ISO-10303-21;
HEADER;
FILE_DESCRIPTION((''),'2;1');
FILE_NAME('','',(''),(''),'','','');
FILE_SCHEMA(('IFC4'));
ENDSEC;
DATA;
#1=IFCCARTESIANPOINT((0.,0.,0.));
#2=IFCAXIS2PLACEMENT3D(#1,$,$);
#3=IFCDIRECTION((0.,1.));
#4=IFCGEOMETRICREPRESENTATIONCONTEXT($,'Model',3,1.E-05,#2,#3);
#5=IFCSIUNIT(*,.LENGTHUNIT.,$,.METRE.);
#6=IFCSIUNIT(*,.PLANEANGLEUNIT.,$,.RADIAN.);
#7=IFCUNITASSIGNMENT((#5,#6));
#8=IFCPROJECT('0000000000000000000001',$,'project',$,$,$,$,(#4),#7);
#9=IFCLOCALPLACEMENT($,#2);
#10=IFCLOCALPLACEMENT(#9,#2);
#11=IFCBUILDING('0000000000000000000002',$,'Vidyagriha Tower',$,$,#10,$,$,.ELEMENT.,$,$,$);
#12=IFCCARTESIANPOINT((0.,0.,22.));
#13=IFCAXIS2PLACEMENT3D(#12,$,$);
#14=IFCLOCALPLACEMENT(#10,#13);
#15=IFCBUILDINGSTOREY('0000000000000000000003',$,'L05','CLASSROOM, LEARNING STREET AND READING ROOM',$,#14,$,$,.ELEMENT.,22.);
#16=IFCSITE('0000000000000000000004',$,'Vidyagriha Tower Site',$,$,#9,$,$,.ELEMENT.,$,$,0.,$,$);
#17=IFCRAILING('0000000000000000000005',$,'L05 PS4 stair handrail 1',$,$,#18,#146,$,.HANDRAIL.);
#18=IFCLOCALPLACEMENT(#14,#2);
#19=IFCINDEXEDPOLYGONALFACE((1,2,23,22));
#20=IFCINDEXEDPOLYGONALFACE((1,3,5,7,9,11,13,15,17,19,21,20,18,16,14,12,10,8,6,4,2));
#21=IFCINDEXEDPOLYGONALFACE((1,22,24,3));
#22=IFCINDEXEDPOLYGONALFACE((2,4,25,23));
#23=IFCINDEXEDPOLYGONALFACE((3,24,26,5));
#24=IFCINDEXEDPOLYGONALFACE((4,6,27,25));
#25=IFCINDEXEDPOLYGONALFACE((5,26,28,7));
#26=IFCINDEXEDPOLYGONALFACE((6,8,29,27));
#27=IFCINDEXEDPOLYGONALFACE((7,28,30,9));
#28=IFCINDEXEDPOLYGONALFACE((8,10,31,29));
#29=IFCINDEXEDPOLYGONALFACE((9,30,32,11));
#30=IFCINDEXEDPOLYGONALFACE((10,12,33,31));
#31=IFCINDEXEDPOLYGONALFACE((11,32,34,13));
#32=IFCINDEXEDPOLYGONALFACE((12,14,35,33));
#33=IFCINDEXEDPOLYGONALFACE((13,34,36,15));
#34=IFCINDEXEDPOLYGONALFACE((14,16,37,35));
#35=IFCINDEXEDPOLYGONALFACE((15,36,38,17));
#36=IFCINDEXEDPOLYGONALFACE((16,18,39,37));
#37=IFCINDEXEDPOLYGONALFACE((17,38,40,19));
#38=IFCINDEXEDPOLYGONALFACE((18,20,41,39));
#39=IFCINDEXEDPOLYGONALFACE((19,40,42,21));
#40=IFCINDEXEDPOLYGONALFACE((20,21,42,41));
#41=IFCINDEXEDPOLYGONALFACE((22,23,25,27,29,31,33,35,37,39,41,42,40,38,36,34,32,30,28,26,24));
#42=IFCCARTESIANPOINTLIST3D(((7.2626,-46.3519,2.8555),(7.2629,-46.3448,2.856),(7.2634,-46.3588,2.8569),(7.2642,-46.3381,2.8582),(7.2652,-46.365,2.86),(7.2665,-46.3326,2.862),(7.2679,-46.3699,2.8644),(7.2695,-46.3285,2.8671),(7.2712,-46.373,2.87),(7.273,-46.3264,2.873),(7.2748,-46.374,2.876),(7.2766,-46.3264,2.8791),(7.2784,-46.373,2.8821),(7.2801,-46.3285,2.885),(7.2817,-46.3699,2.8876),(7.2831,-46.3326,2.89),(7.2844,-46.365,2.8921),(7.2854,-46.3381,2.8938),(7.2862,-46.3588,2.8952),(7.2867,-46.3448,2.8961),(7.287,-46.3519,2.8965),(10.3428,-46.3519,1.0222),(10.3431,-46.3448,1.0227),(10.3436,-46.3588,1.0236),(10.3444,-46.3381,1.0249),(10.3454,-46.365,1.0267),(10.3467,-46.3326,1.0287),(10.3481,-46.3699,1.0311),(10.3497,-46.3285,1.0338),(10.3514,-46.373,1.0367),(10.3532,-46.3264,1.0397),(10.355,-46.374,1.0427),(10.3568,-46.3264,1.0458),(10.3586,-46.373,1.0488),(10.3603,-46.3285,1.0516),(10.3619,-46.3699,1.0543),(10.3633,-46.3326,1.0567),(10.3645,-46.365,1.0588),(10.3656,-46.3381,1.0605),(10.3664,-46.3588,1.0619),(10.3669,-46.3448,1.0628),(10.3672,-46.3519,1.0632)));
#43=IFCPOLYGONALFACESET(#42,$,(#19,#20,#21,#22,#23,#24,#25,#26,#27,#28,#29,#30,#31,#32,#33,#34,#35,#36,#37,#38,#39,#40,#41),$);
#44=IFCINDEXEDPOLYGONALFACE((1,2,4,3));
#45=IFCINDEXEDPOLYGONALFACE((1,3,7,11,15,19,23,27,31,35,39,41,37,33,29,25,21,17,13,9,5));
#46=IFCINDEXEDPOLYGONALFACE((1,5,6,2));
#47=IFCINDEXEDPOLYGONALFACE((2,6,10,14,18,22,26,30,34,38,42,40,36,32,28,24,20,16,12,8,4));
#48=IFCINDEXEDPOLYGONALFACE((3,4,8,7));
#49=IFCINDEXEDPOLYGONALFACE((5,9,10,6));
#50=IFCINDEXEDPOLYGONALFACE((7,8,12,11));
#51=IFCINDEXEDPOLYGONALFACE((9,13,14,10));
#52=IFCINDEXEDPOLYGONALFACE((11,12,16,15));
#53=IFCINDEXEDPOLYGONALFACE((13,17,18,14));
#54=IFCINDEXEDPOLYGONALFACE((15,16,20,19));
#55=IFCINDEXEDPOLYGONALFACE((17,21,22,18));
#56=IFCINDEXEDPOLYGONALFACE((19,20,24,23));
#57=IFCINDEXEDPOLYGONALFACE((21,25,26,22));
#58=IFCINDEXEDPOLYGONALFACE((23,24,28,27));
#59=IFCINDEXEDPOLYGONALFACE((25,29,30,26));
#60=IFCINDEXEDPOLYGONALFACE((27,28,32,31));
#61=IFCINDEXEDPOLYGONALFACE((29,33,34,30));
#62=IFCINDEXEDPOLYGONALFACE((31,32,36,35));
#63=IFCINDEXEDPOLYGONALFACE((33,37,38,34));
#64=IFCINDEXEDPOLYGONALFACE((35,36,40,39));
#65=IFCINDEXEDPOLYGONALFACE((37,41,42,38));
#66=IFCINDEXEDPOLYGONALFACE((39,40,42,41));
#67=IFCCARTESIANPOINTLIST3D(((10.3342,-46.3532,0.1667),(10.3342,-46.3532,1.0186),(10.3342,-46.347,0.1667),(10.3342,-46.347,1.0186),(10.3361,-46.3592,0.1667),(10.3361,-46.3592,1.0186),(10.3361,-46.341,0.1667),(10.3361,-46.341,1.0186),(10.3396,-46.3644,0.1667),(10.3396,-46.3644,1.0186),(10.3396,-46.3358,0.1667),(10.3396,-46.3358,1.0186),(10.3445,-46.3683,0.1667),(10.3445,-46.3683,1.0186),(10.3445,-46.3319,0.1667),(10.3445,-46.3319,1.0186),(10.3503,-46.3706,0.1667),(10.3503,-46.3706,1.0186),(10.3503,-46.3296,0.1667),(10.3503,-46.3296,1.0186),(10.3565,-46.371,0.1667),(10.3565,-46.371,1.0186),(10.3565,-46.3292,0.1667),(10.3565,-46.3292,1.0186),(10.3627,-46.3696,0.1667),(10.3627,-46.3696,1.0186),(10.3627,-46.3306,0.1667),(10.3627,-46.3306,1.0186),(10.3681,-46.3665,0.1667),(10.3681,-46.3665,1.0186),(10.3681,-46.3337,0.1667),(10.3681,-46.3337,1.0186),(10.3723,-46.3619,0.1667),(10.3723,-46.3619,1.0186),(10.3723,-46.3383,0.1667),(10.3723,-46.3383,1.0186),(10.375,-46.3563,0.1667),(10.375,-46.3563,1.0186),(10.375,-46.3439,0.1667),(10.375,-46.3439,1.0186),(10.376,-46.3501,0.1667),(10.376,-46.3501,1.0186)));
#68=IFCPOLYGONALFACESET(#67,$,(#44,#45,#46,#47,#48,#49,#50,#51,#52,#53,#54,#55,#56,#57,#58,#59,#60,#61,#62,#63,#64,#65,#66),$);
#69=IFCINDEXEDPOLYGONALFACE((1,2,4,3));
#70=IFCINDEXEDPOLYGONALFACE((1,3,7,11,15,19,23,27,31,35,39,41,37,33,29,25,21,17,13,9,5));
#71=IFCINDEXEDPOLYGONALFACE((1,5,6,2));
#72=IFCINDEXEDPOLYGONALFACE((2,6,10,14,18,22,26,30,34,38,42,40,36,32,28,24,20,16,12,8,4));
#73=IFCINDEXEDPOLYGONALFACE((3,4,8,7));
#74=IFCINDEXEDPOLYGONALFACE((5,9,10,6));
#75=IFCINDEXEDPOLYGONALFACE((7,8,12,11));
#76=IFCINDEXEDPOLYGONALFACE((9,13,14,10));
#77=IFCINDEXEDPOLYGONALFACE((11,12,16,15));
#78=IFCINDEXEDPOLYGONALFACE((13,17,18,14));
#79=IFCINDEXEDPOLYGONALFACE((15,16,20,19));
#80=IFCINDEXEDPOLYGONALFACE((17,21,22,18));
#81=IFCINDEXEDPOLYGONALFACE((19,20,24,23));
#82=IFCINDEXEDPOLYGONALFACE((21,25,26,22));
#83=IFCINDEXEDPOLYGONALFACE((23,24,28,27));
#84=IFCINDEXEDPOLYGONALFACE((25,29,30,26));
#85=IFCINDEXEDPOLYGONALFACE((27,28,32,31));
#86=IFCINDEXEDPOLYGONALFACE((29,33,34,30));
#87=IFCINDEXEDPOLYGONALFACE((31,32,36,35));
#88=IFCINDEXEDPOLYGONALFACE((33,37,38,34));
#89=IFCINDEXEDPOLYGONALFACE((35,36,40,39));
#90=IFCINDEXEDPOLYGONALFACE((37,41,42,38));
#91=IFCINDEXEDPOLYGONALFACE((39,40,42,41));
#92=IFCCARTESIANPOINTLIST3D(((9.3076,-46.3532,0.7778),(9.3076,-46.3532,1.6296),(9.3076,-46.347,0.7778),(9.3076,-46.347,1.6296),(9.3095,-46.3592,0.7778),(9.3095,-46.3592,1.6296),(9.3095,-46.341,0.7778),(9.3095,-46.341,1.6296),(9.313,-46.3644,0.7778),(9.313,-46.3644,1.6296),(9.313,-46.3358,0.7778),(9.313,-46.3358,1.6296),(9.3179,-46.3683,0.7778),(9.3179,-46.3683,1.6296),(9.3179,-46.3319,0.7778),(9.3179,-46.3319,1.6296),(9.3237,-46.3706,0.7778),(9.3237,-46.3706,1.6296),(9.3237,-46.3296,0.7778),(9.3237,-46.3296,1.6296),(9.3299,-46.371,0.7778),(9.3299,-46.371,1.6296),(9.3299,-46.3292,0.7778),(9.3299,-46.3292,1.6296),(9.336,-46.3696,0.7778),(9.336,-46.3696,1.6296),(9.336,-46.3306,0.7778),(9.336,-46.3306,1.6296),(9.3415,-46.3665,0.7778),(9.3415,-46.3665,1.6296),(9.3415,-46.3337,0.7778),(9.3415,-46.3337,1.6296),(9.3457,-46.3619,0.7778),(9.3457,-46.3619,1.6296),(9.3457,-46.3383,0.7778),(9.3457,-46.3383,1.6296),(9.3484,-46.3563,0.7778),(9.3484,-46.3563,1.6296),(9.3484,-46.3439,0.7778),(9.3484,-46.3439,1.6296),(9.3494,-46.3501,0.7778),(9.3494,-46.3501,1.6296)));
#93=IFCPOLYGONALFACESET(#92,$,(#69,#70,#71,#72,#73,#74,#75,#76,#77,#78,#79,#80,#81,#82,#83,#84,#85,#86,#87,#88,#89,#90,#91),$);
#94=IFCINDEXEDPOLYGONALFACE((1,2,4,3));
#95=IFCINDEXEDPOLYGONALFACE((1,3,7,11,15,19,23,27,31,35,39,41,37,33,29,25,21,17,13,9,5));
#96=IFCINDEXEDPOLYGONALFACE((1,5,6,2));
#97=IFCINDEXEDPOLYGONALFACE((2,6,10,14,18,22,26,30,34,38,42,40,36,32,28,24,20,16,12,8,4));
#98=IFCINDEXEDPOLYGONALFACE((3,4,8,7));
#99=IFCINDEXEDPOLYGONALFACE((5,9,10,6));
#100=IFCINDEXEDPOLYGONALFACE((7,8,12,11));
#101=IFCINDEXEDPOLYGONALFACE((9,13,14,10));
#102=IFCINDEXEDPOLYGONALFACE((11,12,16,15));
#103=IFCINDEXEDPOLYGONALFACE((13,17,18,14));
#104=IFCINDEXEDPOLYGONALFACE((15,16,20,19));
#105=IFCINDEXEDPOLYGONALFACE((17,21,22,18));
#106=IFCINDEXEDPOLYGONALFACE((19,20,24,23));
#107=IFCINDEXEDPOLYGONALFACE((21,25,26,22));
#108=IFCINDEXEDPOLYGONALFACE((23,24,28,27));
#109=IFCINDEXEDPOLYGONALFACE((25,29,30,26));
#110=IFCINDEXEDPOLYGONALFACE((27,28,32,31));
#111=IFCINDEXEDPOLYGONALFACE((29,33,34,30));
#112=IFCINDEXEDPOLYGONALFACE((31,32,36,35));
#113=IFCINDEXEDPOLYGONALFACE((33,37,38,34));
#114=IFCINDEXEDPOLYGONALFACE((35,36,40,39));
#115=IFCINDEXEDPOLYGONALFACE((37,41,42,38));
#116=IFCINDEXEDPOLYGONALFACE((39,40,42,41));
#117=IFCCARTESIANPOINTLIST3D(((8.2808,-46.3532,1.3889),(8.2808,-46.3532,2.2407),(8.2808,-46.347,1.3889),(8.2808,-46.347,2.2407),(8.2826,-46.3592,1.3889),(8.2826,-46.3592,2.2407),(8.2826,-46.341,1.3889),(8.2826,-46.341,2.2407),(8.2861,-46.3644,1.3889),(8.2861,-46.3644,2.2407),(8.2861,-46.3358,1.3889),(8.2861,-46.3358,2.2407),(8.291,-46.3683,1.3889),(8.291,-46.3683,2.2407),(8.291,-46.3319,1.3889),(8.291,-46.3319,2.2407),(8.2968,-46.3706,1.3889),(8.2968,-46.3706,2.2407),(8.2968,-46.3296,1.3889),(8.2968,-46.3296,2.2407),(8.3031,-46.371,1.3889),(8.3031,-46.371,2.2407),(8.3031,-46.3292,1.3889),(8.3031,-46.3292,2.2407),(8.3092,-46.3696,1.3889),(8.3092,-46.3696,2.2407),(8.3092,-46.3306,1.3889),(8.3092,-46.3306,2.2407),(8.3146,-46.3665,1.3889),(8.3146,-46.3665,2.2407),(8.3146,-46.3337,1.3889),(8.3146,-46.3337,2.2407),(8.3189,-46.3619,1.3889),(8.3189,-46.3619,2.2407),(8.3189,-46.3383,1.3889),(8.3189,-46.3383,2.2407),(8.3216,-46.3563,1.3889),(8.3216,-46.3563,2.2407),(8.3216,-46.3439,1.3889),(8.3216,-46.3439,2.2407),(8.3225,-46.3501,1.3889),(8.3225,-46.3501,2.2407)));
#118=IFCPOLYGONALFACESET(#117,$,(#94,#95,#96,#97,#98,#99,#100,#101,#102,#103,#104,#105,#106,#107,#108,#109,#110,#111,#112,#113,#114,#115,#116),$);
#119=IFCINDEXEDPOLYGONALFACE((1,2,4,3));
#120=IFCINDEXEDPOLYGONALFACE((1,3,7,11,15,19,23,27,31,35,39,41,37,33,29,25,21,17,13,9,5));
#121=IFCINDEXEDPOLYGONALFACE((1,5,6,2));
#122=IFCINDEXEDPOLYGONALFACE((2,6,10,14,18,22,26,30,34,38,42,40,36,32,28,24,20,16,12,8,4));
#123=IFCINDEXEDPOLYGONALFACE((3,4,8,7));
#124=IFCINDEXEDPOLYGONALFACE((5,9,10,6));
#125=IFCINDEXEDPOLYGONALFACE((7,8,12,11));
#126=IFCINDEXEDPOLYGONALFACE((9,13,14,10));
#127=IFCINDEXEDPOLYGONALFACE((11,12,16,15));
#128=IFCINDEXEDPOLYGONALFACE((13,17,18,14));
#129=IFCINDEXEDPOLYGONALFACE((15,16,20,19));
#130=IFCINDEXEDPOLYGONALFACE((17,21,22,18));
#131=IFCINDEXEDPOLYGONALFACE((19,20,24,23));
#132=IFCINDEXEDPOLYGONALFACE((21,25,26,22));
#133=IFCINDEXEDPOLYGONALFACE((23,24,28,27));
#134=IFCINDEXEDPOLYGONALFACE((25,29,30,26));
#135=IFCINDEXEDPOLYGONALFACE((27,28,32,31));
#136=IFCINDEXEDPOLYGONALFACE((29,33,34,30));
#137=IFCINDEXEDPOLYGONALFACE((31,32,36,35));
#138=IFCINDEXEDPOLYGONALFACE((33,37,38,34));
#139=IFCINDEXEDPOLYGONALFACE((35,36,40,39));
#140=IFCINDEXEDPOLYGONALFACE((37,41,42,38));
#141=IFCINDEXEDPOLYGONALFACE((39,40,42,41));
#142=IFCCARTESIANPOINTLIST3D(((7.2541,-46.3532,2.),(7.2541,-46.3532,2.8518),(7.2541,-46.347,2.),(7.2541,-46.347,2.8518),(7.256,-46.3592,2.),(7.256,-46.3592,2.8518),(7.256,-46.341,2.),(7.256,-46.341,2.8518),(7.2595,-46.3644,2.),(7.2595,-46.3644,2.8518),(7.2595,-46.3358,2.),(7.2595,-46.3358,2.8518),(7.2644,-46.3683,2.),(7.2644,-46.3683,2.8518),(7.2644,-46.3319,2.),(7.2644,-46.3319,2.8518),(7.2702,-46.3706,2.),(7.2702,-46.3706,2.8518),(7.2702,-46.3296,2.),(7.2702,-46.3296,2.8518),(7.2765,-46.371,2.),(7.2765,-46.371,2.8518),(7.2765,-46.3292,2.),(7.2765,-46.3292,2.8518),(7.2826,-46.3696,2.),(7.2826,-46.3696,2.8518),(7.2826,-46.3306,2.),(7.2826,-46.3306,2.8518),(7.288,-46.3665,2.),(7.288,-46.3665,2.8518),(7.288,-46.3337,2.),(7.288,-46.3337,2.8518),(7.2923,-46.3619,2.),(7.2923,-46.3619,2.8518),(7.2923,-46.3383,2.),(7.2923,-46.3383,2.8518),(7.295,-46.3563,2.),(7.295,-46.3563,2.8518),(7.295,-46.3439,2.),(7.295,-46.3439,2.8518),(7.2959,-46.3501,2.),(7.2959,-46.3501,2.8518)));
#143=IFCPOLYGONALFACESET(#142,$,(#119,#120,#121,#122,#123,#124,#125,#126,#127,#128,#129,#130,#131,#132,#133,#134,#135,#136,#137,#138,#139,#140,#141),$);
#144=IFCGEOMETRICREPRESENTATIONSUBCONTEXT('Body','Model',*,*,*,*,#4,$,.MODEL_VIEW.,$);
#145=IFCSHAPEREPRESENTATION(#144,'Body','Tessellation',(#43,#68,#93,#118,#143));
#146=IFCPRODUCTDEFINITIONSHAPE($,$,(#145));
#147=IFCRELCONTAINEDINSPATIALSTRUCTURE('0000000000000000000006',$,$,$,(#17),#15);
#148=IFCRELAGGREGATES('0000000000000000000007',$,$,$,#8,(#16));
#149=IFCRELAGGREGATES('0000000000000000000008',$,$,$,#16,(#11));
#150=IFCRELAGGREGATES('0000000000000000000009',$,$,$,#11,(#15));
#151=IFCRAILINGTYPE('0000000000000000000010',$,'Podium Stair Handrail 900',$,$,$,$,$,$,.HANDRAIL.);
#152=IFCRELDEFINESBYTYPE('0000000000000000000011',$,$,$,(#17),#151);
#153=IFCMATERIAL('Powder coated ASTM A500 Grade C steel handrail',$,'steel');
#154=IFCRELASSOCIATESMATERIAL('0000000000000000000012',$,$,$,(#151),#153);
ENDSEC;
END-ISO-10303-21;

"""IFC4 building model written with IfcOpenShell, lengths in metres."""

from ifc_helpers import new_model, si_unit, direction, frame, origin, origin_2d, place, context, subcontext, project, spatial, circle, extrude, material, type_object, element, save


model = new_model("IFC4")

# Units and contexts
model_context = context("Model", 3, precision=1e-05, world=origin(), true_north=direction((0.0, 1.0)))
body_context = subcontext(model_context, "Body", "Model", "MODEL_VIEW")
ifc_project = project(units=[si_unit("LENGTHUNIT", "METRE"), si_unit("PLANEANGLEUNIT", "RADIAN")], contexts=[model_context])

# Site, building, storey
site_placement = place(None, origin())
site = spatial("IfcSite", under=ifc_project, at=site_placement, Name="Vidyagriha Tower Site", CompositionType="ELEMENT", RefElevation=0.0)
building_placement = place(site_placement, origin())
building = spatial("IfcBuilding", under=site, at=building_placement, Name="Vidyagriha Tower", CompositionType="ELEMENT")
storey_placement = place(building_placement, frame((0.0, 0.0, 22.0)))
storey = spatial("IfcBuildingStorey", under=building, at=storey_placement, Name="L05", Description="CLASSROOM, LEARNING STREET AND READING ROOM", CompositionType="ELEMENT", Elevation=22.0)

# Railing
ifc_material_1 = material(Name="Powder coated ASTM A500 Grade C steel handrail", Category="steel")
railing_type_1 = type_object("IfcRailingType", Name="Podium Stair Handrail 900", PredefinedType="HANDRAIL", material=ifc_material_1)
railing_1_placement = place(storey_placement, frame((10.355, -46.3501, 0.1667)))
element("IfcRailing", 1, at=railing_1_placement, inside=storey, type_object=railing_type_1, Name="L05 PS4 stair handrail 1", PredefinedType="HANDRAIL", context=body_context, shape_type="SweptSolid", body=[
    extrude(circle(Radius=0.0239, at=origin_2d()), frame((0.0, 0.0, 0.876), z_axis=(-0.859309, 0.0, 0.511458), x_axis=(0.0, -1.0, 0.0)), (0.0, 0.0, 1.0), 3.5845),
    extrude(circle(Radius=0.021, at=origin_2d()), origin(), (0.0, 0.0, 1.0), 0.8518),
    extrude(circle(Radius=0.021, at=origin_2d()), frame((-1.0266, 0.0, 0.6111)), (0.0, 0.0, 1.0), 0.8518),
    extrude(circle(Radius=0.021, at=origin_2d()), frame((-2.0535, 0.0, 1.2222)), (0.0, 0.0, 1.0), 0.8518),
    extrude(circle(Radius=0.021, at=origin_2d()), frame((-3.0801, 0.0, 1.8333)), (0.0, 0.0, 1.0), 0.8518),
])

save(model, "model.ifc")
